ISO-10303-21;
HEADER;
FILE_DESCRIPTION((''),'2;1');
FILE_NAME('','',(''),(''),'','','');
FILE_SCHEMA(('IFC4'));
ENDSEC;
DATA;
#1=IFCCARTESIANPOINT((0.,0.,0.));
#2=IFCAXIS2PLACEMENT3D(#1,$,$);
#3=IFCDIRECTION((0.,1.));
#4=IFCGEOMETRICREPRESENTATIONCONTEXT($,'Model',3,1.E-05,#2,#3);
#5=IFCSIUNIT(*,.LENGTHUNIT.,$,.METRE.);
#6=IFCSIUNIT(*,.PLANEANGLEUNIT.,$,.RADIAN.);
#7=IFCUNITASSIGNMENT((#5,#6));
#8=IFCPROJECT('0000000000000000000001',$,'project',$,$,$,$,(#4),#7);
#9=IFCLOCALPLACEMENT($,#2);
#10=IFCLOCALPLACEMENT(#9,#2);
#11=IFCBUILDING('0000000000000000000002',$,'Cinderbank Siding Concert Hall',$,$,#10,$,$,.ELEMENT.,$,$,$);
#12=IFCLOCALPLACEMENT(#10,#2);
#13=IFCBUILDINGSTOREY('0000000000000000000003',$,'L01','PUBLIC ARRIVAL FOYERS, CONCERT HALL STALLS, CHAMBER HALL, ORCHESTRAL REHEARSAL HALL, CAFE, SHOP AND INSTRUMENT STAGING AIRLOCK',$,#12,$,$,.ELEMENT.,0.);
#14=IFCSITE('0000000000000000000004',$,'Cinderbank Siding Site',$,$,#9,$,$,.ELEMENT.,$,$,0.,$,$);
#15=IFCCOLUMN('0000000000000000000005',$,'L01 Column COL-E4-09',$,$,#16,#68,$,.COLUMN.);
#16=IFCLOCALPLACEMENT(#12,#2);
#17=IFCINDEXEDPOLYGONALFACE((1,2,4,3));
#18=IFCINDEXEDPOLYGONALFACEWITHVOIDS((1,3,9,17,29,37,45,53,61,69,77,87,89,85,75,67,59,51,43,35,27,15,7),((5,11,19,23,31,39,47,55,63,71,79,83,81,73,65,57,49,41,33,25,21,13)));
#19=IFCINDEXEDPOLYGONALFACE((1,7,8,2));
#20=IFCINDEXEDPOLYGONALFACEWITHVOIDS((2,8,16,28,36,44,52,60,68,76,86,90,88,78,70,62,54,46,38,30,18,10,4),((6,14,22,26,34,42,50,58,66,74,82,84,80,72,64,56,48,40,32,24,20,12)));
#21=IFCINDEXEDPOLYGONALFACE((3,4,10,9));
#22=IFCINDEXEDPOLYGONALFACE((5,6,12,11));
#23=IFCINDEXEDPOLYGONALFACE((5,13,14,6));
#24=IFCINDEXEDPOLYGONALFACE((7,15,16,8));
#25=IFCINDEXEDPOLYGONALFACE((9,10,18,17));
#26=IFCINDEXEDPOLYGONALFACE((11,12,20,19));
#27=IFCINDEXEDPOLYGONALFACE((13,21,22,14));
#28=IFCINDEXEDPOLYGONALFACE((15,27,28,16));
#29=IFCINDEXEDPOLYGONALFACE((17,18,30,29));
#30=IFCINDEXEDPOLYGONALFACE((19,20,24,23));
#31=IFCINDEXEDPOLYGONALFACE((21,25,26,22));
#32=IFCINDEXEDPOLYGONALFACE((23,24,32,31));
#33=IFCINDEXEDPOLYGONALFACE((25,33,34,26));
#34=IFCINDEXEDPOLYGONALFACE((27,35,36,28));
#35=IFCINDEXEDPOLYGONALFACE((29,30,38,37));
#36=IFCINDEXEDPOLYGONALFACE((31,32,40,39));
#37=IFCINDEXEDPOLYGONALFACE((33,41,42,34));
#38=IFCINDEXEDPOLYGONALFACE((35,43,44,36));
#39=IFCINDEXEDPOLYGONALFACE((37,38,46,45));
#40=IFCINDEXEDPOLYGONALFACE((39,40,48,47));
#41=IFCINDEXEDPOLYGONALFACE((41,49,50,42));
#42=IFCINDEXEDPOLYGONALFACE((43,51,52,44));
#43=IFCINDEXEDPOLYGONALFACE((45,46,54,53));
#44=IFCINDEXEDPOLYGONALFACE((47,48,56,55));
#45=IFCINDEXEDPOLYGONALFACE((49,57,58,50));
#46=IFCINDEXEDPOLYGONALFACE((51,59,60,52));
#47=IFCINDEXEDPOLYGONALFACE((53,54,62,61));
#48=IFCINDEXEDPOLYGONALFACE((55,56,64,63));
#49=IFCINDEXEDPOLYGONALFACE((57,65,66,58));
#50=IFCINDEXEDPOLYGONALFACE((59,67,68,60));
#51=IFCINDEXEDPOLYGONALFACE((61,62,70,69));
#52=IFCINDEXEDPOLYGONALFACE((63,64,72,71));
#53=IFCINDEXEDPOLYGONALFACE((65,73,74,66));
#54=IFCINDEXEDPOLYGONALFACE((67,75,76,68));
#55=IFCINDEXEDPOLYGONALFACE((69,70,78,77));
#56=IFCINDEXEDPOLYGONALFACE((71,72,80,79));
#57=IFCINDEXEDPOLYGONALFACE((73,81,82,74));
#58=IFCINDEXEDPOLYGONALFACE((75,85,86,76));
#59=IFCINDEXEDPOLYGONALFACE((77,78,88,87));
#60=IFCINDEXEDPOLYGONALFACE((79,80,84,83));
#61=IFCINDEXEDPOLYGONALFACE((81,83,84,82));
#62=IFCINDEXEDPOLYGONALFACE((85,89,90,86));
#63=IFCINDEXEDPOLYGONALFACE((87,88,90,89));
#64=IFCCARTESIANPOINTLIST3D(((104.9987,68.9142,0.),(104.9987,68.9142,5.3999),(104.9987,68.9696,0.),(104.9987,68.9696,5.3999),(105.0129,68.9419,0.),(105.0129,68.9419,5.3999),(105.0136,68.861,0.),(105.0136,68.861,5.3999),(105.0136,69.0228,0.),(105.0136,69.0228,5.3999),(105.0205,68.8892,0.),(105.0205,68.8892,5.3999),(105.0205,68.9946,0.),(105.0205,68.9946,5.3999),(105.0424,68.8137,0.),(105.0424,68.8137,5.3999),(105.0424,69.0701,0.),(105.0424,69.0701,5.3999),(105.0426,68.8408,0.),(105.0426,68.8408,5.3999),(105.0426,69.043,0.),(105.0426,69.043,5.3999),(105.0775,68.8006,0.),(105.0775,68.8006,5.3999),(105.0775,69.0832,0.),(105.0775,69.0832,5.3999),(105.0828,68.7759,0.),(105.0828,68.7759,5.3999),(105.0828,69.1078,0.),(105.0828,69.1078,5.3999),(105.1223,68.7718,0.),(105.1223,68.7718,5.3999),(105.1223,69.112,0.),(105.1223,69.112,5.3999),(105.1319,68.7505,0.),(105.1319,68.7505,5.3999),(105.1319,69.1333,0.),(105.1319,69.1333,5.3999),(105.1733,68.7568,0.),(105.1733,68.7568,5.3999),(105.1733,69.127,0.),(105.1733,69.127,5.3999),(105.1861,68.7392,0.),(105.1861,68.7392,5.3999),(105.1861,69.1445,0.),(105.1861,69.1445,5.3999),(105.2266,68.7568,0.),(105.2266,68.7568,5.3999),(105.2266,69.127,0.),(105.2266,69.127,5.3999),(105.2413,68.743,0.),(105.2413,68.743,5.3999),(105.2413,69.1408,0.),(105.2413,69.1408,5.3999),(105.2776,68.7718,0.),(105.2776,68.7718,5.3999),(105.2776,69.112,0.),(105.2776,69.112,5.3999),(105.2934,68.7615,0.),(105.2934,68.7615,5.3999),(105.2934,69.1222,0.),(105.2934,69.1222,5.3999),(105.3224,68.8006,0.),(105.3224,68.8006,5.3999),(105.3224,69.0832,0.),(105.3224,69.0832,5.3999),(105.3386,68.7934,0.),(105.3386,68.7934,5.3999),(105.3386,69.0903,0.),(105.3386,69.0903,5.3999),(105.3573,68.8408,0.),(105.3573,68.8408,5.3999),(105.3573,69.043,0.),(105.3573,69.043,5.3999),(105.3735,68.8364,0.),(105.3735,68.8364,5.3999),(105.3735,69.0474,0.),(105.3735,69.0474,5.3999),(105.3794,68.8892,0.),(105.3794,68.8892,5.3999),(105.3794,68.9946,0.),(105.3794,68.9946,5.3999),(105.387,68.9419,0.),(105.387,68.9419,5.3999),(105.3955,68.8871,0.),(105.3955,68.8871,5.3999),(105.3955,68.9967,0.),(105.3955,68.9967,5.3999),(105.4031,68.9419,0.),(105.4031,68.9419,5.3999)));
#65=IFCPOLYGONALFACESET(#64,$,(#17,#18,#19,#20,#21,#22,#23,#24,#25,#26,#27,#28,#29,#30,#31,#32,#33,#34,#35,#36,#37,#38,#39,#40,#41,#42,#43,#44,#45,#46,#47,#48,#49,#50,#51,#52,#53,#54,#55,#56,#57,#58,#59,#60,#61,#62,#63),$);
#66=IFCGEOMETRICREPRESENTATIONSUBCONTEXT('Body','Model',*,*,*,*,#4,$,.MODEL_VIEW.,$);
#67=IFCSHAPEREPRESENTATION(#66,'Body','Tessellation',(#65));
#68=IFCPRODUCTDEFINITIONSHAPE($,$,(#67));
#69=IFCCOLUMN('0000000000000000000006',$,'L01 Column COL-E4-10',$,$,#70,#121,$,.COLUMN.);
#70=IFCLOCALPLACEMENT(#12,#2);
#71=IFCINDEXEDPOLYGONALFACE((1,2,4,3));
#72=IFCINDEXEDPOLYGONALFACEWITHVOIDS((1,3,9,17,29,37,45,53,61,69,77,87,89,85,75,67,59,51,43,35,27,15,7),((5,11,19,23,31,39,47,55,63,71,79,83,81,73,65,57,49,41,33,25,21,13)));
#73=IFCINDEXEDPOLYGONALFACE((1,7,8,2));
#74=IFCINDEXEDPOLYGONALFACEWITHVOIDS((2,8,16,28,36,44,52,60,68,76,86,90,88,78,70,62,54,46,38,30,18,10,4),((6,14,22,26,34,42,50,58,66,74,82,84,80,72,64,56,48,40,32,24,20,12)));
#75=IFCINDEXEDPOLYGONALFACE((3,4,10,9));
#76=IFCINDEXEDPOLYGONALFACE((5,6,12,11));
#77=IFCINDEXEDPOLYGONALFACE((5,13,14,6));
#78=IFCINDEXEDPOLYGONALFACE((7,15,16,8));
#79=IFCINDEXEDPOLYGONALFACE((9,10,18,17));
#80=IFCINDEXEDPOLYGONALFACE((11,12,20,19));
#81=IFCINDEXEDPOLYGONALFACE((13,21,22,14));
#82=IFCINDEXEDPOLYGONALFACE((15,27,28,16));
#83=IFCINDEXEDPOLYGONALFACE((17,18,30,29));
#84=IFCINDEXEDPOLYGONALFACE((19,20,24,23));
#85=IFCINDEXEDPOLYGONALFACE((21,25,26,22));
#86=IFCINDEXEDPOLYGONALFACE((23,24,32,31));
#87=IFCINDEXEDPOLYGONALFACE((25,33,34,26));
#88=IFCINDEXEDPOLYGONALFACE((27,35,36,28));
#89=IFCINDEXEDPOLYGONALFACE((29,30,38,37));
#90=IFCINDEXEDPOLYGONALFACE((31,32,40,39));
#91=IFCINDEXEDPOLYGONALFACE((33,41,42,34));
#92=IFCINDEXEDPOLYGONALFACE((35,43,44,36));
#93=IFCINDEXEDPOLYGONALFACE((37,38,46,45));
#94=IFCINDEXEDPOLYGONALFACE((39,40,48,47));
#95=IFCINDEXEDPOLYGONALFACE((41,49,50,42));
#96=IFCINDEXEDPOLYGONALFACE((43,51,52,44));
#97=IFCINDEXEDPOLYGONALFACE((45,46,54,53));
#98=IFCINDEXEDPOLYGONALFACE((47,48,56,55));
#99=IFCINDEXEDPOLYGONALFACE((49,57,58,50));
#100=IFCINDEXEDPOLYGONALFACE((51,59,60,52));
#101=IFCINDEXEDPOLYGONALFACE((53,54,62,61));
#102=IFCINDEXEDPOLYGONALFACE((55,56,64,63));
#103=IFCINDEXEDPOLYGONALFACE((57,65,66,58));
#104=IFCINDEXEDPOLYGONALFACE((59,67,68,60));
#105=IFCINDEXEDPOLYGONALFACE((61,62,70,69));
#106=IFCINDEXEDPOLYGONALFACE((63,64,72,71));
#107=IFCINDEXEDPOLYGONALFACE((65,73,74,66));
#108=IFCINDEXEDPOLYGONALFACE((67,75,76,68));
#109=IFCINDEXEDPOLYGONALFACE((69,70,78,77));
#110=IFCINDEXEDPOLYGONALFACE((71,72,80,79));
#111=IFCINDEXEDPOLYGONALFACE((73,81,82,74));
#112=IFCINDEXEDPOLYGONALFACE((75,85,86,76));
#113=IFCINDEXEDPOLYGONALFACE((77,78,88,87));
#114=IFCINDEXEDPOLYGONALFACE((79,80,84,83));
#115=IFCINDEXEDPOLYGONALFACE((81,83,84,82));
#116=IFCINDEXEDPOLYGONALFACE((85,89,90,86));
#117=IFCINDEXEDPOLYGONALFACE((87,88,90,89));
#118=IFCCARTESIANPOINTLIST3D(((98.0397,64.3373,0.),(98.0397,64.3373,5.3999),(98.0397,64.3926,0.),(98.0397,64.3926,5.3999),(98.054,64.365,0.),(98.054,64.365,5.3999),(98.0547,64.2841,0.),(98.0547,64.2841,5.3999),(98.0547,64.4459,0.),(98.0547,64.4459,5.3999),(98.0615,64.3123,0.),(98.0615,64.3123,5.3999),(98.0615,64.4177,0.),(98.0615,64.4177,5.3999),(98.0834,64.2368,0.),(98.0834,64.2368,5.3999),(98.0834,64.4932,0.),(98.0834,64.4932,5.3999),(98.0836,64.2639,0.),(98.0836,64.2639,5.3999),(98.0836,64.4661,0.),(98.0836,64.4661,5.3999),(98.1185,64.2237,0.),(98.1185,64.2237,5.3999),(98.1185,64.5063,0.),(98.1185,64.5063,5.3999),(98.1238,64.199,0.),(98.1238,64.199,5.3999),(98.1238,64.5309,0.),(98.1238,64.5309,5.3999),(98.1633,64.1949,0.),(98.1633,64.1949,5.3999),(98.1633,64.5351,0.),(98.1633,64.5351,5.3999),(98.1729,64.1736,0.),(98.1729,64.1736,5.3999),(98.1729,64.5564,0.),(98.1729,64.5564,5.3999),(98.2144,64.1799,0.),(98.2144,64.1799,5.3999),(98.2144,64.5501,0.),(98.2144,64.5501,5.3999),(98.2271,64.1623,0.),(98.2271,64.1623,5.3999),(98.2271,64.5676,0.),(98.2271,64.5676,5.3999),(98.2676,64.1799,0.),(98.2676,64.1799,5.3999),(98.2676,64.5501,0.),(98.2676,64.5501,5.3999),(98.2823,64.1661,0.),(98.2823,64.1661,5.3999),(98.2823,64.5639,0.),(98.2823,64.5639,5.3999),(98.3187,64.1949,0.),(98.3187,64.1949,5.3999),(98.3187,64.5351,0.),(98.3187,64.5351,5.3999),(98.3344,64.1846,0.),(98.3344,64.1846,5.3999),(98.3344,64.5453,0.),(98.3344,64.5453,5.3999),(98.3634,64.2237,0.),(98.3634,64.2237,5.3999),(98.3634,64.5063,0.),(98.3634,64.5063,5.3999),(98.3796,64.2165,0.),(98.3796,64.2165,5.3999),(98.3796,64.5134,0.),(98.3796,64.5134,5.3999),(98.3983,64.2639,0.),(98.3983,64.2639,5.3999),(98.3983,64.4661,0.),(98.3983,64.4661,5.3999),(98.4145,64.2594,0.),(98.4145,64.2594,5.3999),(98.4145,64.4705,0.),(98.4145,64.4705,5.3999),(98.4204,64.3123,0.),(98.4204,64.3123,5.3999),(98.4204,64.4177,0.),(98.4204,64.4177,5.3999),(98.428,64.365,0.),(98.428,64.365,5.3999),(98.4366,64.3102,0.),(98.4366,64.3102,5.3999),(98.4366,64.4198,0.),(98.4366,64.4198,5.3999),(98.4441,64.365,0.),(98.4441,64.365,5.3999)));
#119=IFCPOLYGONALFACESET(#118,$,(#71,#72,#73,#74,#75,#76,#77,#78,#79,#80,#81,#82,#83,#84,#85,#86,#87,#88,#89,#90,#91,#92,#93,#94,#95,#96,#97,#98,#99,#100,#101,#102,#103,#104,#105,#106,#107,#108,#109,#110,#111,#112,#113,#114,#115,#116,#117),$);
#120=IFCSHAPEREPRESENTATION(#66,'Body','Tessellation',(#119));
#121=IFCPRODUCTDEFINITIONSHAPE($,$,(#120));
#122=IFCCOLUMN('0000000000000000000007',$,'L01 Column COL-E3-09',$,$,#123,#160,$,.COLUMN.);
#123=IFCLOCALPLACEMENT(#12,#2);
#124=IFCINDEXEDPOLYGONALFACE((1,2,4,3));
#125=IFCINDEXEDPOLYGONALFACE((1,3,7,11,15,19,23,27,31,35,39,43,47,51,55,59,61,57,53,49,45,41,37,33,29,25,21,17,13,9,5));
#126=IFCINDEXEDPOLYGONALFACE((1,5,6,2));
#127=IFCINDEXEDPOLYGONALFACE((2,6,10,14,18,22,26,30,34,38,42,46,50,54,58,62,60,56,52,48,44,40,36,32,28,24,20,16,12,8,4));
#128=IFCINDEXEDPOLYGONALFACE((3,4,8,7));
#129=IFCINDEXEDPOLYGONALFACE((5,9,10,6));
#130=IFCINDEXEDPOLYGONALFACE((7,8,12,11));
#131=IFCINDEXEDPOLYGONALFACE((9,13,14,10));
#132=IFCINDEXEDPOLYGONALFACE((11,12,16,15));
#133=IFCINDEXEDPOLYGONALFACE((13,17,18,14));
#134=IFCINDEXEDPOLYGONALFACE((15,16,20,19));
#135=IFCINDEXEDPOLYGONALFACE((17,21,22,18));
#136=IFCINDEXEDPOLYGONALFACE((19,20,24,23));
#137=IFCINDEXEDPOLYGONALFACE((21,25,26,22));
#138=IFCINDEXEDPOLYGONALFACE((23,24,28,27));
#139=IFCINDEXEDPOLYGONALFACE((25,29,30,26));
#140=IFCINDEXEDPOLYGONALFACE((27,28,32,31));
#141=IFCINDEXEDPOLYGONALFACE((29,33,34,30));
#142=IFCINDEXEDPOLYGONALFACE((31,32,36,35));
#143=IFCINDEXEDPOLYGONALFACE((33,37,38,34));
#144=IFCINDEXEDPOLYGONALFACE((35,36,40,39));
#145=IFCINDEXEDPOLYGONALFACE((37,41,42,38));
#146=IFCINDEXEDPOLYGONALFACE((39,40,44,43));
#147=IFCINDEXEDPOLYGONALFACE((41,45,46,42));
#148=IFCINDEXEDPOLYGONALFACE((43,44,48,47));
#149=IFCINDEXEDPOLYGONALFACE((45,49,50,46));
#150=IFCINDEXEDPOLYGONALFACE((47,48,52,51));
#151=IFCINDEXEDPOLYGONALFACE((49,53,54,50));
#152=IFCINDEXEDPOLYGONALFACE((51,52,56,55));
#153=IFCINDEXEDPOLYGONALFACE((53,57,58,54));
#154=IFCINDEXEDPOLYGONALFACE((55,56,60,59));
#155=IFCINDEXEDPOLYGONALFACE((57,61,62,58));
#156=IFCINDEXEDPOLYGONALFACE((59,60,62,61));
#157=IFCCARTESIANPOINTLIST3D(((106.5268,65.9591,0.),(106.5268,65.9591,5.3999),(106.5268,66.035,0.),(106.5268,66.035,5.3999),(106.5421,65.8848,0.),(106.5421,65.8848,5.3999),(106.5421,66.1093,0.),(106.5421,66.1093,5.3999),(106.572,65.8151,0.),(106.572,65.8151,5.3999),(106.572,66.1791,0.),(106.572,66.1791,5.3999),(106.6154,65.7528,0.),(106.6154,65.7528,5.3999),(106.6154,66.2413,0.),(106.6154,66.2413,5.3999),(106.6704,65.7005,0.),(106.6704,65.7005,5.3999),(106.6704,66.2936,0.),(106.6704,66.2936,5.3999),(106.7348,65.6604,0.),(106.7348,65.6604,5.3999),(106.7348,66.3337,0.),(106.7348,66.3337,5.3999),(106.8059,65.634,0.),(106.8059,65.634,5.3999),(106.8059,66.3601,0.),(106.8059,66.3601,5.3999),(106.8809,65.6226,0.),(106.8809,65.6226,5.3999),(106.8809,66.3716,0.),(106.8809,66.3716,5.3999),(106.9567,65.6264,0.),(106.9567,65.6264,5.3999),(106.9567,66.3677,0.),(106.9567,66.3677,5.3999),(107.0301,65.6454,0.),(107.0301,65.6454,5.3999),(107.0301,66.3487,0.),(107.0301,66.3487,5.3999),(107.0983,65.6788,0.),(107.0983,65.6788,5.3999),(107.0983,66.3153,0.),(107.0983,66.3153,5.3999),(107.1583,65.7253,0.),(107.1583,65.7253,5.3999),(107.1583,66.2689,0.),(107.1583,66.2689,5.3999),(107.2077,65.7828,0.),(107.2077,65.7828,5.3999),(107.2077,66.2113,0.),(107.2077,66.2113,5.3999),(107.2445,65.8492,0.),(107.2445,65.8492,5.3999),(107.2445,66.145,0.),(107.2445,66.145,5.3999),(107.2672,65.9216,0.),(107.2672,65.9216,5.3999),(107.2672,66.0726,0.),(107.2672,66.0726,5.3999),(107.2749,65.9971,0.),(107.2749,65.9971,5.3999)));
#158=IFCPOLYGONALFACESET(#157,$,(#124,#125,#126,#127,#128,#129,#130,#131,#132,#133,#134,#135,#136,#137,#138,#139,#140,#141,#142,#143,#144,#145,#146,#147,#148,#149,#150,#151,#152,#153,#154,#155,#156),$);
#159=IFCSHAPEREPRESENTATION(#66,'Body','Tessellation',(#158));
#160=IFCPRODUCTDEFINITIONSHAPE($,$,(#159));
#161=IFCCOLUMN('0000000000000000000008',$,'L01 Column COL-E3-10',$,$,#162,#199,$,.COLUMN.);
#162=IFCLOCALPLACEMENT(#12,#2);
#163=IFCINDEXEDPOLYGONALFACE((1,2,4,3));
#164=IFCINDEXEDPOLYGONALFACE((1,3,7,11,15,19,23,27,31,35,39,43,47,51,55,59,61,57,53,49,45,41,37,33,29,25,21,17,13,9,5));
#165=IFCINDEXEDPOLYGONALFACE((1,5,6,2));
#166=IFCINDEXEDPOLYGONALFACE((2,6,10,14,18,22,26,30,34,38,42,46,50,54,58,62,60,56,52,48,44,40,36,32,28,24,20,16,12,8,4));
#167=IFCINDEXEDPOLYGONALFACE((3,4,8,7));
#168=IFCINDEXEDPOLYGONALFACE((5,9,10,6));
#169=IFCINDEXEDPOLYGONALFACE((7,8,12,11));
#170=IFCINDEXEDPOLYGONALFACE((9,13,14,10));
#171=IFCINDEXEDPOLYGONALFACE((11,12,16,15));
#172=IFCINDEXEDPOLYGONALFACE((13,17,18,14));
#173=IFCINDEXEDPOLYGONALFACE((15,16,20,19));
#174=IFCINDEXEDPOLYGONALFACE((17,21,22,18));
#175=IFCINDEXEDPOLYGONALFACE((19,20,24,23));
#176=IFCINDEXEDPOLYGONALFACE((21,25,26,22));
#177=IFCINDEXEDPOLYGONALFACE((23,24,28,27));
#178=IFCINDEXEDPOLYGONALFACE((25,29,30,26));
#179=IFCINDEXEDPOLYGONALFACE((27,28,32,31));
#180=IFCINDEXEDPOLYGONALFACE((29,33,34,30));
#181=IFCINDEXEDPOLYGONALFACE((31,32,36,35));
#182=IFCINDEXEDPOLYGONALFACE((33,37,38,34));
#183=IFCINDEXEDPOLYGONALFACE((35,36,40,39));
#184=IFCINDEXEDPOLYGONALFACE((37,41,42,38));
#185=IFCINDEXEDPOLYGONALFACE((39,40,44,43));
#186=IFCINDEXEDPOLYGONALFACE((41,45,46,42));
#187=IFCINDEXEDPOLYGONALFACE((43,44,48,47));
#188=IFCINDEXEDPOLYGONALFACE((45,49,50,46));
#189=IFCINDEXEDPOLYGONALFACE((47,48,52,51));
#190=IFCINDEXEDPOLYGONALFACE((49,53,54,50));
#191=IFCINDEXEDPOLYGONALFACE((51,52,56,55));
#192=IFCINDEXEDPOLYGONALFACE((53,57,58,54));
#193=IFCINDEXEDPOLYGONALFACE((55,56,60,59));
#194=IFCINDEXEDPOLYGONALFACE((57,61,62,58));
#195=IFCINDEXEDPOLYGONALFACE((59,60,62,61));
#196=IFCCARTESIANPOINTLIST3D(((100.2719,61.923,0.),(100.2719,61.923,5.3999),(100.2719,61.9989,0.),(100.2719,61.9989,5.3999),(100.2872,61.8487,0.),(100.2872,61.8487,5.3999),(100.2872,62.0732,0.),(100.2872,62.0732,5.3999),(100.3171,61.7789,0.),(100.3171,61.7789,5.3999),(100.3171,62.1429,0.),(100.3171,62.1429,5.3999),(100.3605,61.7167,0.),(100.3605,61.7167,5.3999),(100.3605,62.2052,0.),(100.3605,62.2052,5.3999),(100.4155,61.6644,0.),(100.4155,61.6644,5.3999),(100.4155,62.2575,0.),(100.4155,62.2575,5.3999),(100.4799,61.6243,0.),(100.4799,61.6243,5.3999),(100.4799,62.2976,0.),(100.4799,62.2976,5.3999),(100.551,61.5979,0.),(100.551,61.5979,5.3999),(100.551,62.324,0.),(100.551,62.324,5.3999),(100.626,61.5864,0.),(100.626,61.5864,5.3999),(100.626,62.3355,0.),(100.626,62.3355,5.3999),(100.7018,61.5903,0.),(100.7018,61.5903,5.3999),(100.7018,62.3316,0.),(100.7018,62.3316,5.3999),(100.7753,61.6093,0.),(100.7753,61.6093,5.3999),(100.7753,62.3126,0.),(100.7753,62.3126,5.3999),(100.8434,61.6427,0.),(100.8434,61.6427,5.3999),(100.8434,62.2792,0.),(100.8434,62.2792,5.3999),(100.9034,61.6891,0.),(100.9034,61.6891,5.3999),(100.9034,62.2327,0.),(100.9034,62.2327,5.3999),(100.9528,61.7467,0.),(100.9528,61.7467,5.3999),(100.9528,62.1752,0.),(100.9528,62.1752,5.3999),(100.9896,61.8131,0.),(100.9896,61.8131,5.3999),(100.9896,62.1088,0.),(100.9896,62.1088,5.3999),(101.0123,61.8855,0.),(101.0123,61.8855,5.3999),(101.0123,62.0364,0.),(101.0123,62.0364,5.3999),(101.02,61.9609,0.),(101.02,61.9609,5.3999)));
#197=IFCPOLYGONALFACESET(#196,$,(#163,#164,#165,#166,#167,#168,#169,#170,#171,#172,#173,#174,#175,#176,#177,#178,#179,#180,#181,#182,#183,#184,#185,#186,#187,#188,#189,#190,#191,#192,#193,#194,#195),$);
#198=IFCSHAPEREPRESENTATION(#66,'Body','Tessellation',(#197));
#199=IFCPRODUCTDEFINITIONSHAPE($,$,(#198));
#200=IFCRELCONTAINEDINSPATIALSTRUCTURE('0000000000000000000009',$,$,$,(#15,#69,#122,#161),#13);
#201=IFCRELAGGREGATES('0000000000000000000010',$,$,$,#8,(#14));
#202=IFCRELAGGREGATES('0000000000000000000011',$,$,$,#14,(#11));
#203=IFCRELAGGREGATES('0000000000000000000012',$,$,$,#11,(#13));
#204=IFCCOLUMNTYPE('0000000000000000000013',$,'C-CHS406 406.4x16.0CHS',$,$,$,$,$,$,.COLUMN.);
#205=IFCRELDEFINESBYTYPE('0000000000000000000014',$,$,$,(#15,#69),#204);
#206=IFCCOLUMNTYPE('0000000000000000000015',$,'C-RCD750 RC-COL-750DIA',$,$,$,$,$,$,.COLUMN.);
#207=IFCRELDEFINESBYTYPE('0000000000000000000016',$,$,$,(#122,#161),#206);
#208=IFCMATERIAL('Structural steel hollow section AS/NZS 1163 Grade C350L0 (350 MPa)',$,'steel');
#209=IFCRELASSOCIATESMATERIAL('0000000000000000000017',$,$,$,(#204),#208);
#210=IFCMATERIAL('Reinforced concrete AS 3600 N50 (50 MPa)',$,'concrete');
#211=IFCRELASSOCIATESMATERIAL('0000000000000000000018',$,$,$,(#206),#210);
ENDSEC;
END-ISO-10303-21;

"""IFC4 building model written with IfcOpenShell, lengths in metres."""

from ifc_helpers import new_model, si_unit, direction, frame, origin, origin_2d, place, context, subcontext, project, spatial, circle, hollow_circle, extrude, material, material_profile, profile_set, type_object, element, save


model = new_model("IFC4")

# Units and contexts
model_context = context("Model", 3, precision=1e-05, world=origin(), true_north=direction((0.0, 1.0)))
body_context = subcontext(model_context, "Body", "Model", "MODEL_VIEW")
ifc_project = project(units=[si_unit("LENGTHUNIT", "METRE"), si_unit("PLANEANGLEUNIT", "RADIAN")], contexts=[model_context])

# Site, building, storey
site_placement = place(None, origin())
site = spatial("IfcSite", under=ifc_project, at=site_placement, Name="Cinderbank Siding Site", CompositionType="ELEMENT", RefElevation=0.0)
building_placement = place(site_placement, origin())
building = spatial("IfcBuilding", under=site, at=building_placement, Name="Cinderbank Siding Concert Hall", CompositionType="ELEMENT")
storey_placement = place(building_placement, origin())
storey = spatial("IfcBuildingStorey", under=building, at=storey_placement, Name="L01", Description="PUBLIC ARRIVAL FOYERS, CONCERT HALL STALLS, CHAMBER HALL, ORCHESTRAL REHEARSAL HALL, CAFE, SHOP AND INSTRUMENT STAGING AIRLOCK", CompositionType="ELEMENT", Elevation=0.0)

# Columns
ifc_material_1 = material(Name="Structural steel hollow section AS/NZS 1163 Grade C350L0 (350 MPa)", Category="steel")
ifc_material_profile_1 = material_profile(ifc_material_1, hollow_circle(Radius=0.2031, WallThickness=0.0161, at=origin_2d()), Name="406.4x16.0CHS", Category="LoadBearing")
ifc_profile_set_1 = profile_set([ifc_material_profile_1], Name="Structural steel hollow section AS/NZS 1163 Grade C350L0 (350 MPa)")
column_type_1 = type_object("IfcColumnType", Name="C-CHS406 406.4x16.0CHS", PredefinedType="COLUMN", material=ifc_profile_set_1)
for number, where, z_axis, x_axis, name in (
    (1, (105.2, 68.9419, 0.0), (0.0, 0.0, 1.0), (1.0, 0.0, 0.0), "L01 Column COL-E4-09"),
    (2, (98.241, 64.365, 0.0), (0.0, 0.0, 1.0), (1.0, 0.0, 0.0), "L01 Column COL-E4-10"),
):
    element("IfcColumn", number, at=place(storey_placement, frame(where, z_axis=z_axis, x_axis=x_axis)), inside=storey, type_object=column_type_1, Name=name, PredefinedType="COLUMN", context=body_context, shape_type="SweptSolid", body=[
        extrude(hollow_circle(Radius=0.2031, WallThickness=0.0161, at=origin_2d()), origin(), (0.0, 0.0, 1.0), 5.3999),
    ])
ifc_material_2 = material(Name="Reinforced concrete AS 3600 N50 (50 MPa)", Category="concrete")
ifc_material_profile_2 = material_profile(ifc_material_2, circle(Radius=0.375, at=origin_2d()), Name="RC-COL-750DIA", Category="LoadBearing")
ifc_profile_set_2 = profile_set([ifc_material_profile_2], Name="Reinforced concrete AS 3600 N50 (50 MPa)")
column_type_2 = type_object("IfcColumnType", Name="C-RCD750 RC-COL-750DIA", PredefinedType="COLUMN", material=ifc_profile_set_2)
for number, where, z_axis, x_axis, name in (
    (3, (106.8999, 65.9971, 0.0), (0.0, 0.0, 1.0), (1.0, 0.0, 0.0), "L01 Column COL-E3-09"),
    (4, (100.645, 61.9609, 0.0), (0.0, 0.0, 1.0), (1.0, 0.0, 0.0), "L01 Column COL-E3-10"),
):
    element("IfcColumn", number, at=place(storey_placement, frame(where, z_axis=z_axis, x_axis=x_axis)), inside=storey, type_object=column_type_2, Name=name, PredefinedType="COLUMN", context=body_context, shape_type="SweptSolid", body=[
        extrude(circle(Radius=0.375, at=origin_2d()), origin(), (0.0, 0.0, 1.0), 5.3999),
    ])

save(model, "model.ifc")
